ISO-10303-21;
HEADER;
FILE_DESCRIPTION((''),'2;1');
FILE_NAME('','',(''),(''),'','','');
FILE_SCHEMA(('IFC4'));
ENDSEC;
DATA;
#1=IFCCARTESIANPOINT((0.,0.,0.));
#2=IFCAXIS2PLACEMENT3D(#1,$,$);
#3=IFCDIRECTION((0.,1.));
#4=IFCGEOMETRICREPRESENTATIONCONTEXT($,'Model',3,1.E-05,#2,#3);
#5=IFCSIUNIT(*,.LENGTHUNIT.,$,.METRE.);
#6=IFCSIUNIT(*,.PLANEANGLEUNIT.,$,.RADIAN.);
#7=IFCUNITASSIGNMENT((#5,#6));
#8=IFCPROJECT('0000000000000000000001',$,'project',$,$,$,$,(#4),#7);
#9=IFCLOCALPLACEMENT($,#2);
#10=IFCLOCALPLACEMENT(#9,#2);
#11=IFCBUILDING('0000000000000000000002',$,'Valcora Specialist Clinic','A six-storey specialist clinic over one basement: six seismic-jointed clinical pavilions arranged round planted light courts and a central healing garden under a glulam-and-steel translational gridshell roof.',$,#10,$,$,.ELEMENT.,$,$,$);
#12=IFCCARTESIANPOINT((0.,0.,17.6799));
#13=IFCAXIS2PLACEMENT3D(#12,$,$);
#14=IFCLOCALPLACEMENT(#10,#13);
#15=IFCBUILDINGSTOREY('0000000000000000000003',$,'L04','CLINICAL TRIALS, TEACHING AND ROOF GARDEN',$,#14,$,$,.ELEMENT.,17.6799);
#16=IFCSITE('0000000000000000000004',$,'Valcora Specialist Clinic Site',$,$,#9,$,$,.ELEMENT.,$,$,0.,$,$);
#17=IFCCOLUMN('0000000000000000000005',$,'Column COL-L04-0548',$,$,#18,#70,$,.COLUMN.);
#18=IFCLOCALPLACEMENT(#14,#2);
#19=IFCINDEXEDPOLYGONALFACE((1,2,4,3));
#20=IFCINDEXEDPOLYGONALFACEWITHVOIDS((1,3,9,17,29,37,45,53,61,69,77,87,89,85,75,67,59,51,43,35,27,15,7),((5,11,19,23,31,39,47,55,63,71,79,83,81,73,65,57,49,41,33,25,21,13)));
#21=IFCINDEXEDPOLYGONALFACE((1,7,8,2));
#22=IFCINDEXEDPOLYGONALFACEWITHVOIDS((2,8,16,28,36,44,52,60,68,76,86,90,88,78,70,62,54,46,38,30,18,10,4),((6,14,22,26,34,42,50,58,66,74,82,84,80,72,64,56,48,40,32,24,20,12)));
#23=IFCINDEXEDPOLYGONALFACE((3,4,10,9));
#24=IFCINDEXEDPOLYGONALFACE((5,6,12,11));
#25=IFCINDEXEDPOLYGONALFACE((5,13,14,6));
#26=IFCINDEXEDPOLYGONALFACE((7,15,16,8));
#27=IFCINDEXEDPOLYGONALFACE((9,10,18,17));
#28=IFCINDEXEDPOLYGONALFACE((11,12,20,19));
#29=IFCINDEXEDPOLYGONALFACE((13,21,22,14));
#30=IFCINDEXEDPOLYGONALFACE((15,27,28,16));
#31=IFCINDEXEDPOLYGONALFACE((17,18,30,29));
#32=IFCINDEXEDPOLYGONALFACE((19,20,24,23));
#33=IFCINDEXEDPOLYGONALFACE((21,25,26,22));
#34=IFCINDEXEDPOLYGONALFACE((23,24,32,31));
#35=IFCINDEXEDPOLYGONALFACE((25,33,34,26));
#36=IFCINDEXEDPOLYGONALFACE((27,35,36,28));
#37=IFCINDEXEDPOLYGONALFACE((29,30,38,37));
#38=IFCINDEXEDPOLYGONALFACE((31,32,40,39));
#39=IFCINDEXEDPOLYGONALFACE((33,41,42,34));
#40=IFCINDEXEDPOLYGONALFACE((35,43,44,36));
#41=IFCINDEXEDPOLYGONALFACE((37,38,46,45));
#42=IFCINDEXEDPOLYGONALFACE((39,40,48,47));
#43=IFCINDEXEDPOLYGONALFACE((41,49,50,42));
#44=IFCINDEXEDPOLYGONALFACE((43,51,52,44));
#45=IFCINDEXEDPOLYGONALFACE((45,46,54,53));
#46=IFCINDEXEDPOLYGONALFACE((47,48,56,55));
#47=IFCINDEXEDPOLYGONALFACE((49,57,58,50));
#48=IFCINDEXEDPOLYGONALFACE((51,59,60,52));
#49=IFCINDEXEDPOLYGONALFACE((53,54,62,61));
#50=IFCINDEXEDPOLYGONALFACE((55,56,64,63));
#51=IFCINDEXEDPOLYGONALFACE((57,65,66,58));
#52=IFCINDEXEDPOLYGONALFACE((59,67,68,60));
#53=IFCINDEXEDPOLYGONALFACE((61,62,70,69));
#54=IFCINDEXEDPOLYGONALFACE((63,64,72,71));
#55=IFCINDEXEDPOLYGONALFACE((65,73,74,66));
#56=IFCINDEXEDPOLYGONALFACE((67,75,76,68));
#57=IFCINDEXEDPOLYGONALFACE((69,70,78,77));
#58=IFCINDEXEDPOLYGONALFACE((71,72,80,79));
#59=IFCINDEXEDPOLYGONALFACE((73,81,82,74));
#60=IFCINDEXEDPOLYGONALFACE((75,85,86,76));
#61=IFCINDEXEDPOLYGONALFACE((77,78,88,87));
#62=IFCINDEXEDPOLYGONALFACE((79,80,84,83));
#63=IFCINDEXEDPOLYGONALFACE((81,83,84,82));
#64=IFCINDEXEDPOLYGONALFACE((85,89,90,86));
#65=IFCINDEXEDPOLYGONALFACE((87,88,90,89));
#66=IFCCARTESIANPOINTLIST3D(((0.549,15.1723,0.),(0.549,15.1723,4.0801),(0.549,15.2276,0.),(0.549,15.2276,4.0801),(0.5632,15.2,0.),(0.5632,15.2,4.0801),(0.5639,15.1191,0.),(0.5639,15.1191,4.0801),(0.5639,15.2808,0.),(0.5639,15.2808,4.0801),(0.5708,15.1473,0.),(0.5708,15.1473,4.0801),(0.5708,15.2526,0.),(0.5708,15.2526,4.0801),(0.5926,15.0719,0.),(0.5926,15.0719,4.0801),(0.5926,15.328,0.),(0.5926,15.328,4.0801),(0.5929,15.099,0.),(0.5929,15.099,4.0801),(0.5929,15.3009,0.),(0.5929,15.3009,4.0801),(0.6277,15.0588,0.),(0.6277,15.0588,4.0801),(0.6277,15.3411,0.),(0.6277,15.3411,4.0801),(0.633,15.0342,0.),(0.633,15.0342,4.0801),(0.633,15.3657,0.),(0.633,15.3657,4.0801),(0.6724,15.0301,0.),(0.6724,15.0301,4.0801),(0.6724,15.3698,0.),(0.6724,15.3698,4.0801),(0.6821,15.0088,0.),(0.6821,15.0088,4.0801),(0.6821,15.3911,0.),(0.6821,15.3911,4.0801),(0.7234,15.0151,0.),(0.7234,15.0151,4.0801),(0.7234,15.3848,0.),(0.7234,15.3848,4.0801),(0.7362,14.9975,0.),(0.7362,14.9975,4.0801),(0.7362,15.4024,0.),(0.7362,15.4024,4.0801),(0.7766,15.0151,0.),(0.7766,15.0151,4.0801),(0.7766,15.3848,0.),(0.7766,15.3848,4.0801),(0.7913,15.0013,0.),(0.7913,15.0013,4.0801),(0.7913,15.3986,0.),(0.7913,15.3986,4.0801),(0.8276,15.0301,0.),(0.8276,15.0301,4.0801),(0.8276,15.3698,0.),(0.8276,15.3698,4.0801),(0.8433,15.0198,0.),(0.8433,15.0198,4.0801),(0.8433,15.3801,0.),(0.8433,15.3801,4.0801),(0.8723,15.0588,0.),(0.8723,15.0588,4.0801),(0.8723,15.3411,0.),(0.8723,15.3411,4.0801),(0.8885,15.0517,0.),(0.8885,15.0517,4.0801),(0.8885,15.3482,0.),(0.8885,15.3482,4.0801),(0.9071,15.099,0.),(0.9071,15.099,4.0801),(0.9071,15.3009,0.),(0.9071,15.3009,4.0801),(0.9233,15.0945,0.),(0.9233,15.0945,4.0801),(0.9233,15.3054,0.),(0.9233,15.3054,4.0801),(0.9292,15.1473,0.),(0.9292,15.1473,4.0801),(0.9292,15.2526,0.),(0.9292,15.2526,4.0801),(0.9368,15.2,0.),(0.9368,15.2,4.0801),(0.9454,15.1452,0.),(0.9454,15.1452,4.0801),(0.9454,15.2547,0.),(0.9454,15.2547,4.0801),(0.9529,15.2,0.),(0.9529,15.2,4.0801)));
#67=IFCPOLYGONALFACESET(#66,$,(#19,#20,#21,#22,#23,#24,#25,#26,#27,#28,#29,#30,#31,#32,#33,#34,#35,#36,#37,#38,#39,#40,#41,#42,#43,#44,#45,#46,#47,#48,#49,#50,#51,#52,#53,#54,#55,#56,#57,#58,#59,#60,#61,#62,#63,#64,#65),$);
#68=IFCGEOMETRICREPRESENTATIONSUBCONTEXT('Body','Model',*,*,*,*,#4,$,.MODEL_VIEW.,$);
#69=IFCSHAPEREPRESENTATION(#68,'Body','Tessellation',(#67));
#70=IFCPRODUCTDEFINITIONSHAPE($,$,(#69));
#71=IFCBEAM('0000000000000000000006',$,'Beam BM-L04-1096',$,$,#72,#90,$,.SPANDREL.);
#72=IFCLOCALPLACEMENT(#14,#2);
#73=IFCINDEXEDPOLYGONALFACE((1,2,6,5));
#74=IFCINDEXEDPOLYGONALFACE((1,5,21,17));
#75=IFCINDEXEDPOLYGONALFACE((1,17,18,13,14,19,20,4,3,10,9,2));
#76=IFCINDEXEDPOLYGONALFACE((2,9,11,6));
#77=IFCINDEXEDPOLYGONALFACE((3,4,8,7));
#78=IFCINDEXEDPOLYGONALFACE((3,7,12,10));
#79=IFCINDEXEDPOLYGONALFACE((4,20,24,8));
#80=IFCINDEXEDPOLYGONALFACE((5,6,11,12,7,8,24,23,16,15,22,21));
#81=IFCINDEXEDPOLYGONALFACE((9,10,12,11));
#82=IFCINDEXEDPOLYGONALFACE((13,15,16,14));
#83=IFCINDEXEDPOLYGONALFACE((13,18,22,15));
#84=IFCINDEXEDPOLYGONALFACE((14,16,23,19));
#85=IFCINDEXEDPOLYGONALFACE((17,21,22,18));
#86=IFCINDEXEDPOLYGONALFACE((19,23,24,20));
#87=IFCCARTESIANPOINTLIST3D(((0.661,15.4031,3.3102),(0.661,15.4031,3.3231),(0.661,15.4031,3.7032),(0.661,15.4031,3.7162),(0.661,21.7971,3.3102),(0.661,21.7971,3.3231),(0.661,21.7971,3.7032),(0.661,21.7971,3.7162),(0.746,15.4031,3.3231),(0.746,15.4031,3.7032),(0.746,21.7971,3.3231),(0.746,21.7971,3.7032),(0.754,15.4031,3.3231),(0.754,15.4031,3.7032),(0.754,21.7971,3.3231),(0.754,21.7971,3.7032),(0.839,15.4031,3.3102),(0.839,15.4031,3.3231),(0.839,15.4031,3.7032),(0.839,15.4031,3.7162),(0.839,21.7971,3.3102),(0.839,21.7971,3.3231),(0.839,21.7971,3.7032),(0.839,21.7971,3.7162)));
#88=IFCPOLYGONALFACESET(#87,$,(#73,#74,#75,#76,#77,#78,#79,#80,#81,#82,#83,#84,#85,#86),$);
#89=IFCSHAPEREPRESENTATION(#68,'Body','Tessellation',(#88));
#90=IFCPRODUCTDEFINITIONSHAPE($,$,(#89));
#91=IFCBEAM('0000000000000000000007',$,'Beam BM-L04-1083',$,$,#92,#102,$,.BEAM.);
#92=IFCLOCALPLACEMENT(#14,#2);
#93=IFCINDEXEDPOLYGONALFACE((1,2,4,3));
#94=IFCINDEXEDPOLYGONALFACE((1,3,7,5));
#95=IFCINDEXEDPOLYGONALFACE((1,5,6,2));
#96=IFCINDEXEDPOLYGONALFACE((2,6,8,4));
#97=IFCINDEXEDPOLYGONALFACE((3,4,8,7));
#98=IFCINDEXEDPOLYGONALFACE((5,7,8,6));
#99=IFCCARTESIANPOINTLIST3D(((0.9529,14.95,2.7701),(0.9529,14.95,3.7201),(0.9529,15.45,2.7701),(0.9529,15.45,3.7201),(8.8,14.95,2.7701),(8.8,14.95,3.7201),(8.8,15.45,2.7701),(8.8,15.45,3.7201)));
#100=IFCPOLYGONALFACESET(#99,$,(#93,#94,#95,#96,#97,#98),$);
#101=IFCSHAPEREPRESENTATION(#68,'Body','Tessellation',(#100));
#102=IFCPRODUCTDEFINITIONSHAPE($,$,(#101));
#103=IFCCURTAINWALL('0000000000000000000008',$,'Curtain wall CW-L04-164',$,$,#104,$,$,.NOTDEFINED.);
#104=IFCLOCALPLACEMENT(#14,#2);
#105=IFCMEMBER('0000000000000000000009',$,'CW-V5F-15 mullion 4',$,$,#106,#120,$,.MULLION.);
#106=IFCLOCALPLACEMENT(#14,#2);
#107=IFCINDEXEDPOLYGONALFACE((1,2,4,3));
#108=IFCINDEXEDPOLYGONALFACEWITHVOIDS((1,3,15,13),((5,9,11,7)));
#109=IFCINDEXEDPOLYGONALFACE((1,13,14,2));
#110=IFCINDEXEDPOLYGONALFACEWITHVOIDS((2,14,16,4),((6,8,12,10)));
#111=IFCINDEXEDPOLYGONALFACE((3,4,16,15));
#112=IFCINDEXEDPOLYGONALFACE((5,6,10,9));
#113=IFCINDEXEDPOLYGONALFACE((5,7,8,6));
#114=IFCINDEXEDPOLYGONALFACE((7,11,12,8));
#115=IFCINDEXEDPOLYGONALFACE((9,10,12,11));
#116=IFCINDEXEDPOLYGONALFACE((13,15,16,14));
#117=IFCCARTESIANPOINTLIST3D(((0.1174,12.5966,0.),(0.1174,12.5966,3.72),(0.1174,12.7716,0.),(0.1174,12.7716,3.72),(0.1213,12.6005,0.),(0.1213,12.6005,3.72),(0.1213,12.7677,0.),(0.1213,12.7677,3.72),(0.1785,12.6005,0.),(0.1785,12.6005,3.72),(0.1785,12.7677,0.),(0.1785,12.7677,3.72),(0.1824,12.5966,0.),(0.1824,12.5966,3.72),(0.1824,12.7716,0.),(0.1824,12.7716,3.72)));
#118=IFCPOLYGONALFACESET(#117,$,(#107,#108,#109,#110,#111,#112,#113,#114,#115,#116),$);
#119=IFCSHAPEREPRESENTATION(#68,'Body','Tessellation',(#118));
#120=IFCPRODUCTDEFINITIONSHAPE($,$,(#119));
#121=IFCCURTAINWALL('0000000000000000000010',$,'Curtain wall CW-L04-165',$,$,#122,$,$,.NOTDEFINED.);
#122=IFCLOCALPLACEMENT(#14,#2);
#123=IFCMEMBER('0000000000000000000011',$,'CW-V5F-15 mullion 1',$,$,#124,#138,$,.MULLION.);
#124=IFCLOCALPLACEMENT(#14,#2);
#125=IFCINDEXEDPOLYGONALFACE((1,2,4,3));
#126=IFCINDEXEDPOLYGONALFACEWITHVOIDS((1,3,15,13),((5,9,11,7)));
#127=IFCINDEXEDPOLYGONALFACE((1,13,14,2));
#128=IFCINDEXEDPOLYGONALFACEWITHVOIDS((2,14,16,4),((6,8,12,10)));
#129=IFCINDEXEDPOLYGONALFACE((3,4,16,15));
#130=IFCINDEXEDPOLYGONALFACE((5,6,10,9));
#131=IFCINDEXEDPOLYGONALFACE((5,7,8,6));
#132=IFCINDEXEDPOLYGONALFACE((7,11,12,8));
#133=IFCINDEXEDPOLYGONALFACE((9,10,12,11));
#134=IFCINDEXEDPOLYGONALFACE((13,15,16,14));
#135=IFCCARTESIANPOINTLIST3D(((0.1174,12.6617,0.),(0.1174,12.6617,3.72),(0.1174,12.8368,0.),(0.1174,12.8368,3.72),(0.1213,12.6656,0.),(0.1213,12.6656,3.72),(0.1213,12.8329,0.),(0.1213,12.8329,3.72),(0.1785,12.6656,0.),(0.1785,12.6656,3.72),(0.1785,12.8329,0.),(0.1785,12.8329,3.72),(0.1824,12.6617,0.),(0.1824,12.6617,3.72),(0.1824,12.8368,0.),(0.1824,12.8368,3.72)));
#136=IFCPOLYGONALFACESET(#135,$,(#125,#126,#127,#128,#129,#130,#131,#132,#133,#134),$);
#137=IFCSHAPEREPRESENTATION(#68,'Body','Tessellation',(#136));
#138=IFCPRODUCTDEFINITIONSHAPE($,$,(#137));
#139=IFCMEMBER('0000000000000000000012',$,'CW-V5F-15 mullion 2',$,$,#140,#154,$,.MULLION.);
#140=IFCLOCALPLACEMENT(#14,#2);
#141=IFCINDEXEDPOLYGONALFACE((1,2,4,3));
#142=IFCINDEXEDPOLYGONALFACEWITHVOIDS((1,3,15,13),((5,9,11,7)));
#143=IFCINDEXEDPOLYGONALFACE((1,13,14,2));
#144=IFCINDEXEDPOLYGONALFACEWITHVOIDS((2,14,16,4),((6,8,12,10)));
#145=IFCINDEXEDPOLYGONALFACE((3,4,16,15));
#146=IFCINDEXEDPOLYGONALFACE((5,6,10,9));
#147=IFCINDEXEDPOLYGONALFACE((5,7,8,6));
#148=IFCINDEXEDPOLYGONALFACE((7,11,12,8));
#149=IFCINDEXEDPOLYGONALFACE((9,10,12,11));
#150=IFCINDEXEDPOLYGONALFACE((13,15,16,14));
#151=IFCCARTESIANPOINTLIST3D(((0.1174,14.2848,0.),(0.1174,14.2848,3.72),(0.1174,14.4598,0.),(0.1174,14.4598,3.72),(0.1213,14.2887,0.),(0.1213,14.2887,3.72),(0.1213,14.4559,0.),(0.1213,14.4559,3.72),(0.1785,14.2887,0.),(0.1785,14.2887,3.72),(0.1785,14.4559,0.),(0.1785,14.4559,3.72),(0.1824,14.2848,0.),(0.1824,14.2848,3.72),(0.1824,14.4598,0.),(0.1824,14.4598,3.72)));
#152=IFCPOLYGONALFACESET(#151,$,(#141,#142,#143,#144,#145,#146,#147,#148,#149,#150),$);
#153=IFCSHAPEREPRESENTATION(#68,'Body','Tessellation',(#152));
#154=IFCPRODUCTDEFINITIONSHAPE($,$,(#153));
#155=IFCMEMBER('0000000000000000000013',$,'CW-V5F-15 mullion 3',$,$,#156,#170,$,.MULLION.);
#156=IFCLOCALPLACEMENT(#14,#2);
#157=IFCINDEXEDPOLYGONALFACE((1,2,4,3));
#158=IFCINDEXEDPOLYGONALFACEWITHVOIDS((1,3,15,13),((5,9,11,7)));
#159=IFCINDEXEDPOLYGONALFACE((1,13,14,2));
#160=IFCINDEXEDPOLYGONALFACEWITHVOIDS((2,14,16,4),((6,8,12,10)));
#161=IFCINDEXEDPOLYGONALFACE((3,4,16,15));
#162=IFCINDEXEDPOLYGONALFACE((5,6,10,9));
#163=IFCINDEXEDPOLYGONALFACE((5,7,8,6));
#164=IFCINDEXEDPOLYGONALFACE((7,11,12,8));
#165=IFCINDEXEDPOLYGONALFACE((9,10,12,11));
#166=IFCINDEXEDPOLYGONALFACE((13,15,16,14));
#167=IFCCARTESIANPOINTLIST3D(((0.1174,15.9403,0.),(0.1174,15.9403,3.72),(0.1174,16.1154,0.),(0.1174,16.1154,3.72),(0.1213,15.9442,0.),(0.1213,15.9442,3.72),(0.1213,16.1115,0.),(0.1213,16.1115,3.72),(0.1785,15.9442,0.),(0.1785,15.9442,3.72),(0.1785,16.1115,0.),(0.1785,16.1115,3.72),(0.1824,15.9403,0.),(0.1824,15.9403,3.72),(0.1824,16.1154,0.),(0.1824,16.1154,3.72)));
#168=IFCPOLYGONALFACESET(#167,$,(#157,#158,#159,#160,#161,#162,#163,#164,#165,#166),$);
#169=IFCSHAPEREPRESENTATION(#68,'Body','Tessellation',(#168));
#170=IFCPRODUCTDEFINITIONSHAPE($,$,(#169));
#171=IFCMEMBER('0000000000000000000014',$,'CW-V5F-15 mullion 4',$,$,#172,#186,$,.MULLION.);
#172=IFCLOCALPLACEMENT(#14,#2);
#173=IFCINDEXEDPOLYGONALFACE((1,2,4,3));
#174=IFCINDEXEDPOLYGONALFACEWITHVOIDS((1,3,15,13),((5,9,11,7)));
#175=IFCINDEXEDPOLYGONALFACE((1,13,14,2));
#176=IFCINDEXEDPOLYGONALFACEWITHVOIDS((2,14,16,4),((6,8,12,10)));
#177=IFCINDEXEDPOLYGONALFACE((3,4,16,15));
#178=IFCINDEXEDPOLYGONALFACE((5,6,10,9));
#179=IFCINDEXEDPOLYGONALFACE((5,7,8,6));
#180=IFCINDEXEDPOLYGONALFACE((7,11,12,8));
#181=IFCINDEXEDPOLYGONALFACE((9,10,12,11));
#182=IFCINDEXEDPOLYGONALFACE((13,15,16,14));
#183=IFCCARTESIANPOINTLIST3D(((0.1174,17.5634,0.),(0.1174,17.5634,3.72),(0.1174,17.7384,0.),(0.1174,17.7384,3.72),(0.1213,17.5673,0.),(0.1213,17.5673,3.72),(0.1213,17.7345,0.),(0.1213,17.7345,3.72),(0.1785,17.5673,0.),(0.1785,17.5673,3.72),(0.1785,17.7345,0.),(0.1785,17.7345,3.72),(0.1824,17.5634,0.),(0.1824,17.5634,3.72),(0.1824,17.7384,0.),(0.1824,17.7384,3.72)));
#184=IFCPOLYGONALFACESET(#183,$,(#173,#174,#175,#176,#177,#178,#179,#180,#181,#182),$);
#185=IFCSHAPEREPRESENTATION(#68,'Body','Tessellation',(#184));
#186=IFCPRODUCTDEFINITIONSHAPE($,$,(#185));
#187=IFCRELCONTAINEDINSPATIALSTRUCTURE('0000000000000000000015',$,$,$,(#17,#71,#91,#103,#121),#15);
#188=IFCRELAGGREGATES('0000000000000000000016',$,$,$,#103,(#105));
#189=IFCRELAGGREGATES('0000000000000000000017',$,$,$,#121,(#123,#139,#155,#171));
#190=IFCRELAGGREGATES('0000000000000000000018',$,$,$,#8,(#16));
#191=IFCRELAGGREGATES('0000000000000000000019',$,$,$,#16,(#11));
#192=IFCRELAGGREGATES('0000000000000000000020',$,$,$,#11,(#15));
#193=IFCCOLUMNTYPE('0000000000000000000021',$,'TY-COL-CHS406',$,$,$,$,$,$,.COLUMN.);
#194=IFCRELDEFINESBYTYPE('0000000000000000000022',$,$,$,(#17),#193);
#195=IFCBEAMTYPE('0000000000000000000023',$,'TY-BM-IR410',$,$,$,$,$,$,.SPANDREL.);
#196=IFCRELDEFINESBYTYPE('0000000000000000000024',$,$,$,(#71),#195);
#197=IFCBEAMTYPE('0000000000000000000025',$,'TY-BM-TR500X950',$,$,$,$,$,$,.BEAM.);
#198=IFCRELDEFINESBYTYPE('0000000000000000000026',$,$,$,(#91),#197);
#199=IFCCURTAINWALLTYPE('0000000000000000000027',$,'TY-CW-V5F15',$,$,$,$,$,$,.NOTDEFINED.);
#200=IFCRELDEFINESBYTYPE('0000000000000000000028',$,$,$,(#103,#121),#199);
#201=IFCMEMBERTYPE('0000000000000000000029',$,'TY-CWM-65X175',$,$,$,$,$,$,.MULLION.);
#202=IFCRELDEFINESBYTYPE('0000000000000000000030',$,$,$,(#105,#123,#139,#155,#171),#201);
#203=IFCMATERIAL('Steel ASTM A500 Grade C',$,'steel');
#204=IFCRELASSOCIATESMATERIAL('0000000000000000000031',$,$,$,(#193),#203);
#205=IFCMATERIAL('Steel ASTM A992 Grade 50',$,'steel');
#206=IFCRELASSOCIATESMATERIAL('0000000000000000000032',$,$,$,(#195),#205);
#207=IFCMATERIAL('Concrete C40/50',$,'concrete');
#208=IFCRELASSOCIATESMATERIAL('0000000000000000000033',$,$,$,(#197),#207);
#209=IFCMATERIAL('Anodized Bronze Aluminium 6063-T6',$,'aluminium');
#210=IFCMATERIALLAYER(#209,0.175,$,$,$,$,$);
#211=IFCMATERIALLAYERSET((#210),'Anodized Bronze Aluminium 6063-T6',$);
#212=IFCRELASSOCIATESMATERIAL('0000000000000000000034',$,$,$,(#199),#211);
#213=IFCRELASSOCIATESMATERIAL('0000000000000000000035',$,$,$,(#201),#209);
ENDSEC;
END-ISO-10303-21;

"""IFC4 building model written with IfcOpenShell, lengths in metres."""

from ifc_helpers import new_model, si_unit, direction, frame, origin, origin_2d, place, context, subcontext, project, spatial, rectangle, hollow_rectangle, hollow_circle, i_section, extrude, material, layer, layer_set, material_profile, profile_set, type_object, element, aggregate, save


model = new_model("IFC4")

# Units and contexts
model_context = context("Model", 3, precision=1e-05, world=origin(), true_north=direction((0.0, 1.0)))
body_context = subcontext(model_context, "Body", "Model", "MODEL_VIEW")
ifc_project = project(units=[si_unit("LENGTHUNIT", "METRE"), si_unit("PLANEANGLEUNIT", "RADIAN")], contexts=[model_context])

# Site, building, storey
site_placement = place(None, origin())
site = spatial("IfcSite", under=ifc_project, at=site_placement, Name="Valcora Specialist Clinic Site", CompositionType="ELEMENT", RefElevation=0.0)
building_placement = place(site_placement, origin())
building = spatial("IfcBuilding", under=site, at=building_placement, Name="Valcora Specialist Clinic", Description="A six-storey specialist clinic over one basement: six seismic-jointed clinical pavilions arranged round planted light courts and a central healing garden under a glulam-and-steel translational gridshell roof.", CompositionType="ELEMENT")
storey_placement = place(building_placement, frame((0.0, 0.0, 17.6799)))
storey = spatial("IfcBuildingStorey", under=building, at=storey_placement, Name="L04", Description="CLINICAL TRIALS, TEACHING AND ROOF GARDEN", CompositionType="ELEMENT", Elevation=17.6799)

# Column
ifc_material_1 = material(Name="Steel ASTM A500 Grade C", Category="steel")
ifc_material_profile_1 = material_profile(ifc_material_1, hollow_circle(Radius=0.2029, WallThickness=0.0161, at=origin_2d()), Name="ST-CHS-406X16")
ifc_profile_set_1 = profile_set([ifc_material_profile_1], Name="Steel ASTM A500 Grade C")
column_type = type_object("IfcColumnType", Name="TY-COL-CHS406", PredefinedType="COLUMN", material=ifc_profile_set_1)
column_placement = place(storey_placement, frame((0.75, 15.2, 0.0), z_axis=(0.0, 0.0, 1.0), x_axis=(1.0, 0.0, 0.0)))
element("IfcColumn", 1, at=column_placement, inside=storey, type_object=column_type, Name="Column COL-L04-0548", PredefinedType="COLUMN", context=body_context, shape_type="SweptSolid", body=[
    extrude(hollow_circle(Radius=0.2029, WallThickness=0.0161, at=origin_2d()), origin(), (0.0, 0.0, 1.0), 4.0801),
])

# Beams
ifc_material_2 = material(Name="Steel ASTM A992 Grade 50", Category="steel")
ifc_material_profile_2 = material_profile(ifc_material_2, i_section(OverallWidth=0.178, OverallDepth=0.406, WebThickness=0.0081, FlangeThickness=0.0129, at=origin_2d()), Name="ST-IR-410X180")
ifc_profile_set_2 = profile_set([ifc_material_profile_2], Name="Steel ASTM A992 Grade 50")
beam_type_1 = type_object("IfcBeamType", Name="TY-BM-IR410", PredefinedType="SPANDREL", material=ifc_profile_set_2)
beam_1_placement = place(storey_placement, frame((0.75, 15.4031, 3.5132), z_axis=(0.0, 1.0, 0.0), x_axis=(-1.0, 0.0, 0.0)))
element("IfcBeam", 2, at=beam_1_placement, inside=storey, type_object=beam_type_1, Name="Beam BM-L04-1096", PredefinedType="SPANDREL", context=body_context, shape_type="SweptSolid", body=[
    extrude(i_section(OverallWidth=0.178, OverallDepth=0.406, WebThickness=0.0081, FlangeThickness=0.0129, at=origin_2d()), origin(), (0.0, 0.0, 1.0), 6.394),
])
ifc_material_3 = material(Name="Concrete C40/50", Category="concrete")
ifc_material_profile_3 = material_profile(ifc_material_3, rectangle(XDim=0.5, YDim=0.95, at=origin_2d()), Name="RC-BM-500X950")
ifc_profile_set_3 = profile_set([ifc_material_profile_3], Name="Concrete C40/50")
beam_type_2 = type_object("IfcBeamType", Name="TY-BM-TR500X950", PredefinedType="BEAM", material=ifc_profile_set_3)
beam_2_placement = place(storey_placement, frame((0.9529, 15.2, 3.2451), z_axis=(1.0, 0.0, 0.0), x_axis=(0.0, 1.0, 0.0)))
element("IfcBeam", 3, at=beam_2_placement, inside=storey, type_object=beam_type_2, Name="Beam BM-L04-1083", PredefinedType="BEAM", context=body_context, shape_type="SweptSolid", body=[
    extrude(rectangle(XDim=0.5, YDim=0.95, at=origin_2d()), origin(), (0.0, 0.0, 1.0), 7.8472),
])

# Curtain wall, member
ifc_material_4 = material(Name="Anodized Bronze Aluminium 6063-T6", Category="aluminium")
ifc_layer_1 = layer(ifc_material_4, 0.175)
ifc_layer_set_1 = layer_set([ifc_layer_1], Name="Anodized Bronze Aluminium 6063-T6")
curtain_wall_type = type_object("IfcCurtainWallType", Name="TY-CW-V5F15", PredefinedType="NOTDEFINED", material=ifc_layer_set_1)
curtain_wall_1_placement = place(storey_placement, origin())
curtain_wall_1 = element("IfcCurtainWall", 4, at=curtain_wall_1_placement, inside=storey, type_object=curtain_wall_type, Name="Curtain wall CW-L04-164", PredefinedType="NOTDEFINED")
ifc_material_profile_4 = material_profile(ifc_material_4, hollow_rectangle(XDim=0.0649, YDim=0.175, WallThickness=0.0039, at=origin_2d()), Name="AL-MUL-65X175")
ifc_profile_set_4 = profile_set([ifc_material_profile_4], Name="Anodized Bronze Aluminium 6063-T6")
member_type_1 = type_object("IfcMemberType", Name="TY-CWM-65X175", PredefinedType="MULLION", material=ifc_profile_set_4)
member_1_placement = place(storey_placement, frame((0.1499, 12.6841, 0.0), z_axis=(0.0, 0.0, 1.0), x_axis=(-1.0, 0.0, 0.0)))
member_1 = element("IfcMember", 5, at=member_1_placement, type_object=member_type_1, Name="CW-V5F-15 mullion 4", PredefinedType="MULLION", context=body_context, shape_type="SweptSolid", body=[
    extrude(hollow_rectangle(XDim=0.0649, YDim=0.175, WallThickness=0.0039, at=origin_2d()), origin(), (0.0, 0.0, 1.0), 3.72),
])

# Curtain wall, members
curtain_wall_2_placement = place(storey_placement, origin())
curtain_wall_2 = element("IfcCurtainWall", 6, at=curtain_wall_2_placement, inside=storey, type_object=curtain_wall_type, Name="Curtain wall CW-L04-165", PredefinedType="NOTDEFINED")
member_2_placement = place(storey_placement, frame((0.1499, 12.7493, 0.0), z_axis=(0.0, 0.0, 1.0), x_axis=(-1.0, 0.0, 0.0)))
member_2 = element("IfcMember", 7, at=member_2_placement, type_object=member_type_1, Name="CW-V5F-15 mullion 1", PredefinedType="MULLION", context=body_context, shape_type="SweptSolid", body=[
    extrude(hollow_rectangle(XDim=0.0649, YDim=0.175, WallThickness=0.0039, at=origin_2d()), origin(), (0.0, 0.0, 1.0), 3.72),
])
member_3_placement = place(storey_placement, frame((0.1499, 14.3723, 0.0), z_axis=(0.0, 0.0, 1.0), x_axis=(-1.0, 0.0, 0.0)))
member_3 = element("IfcMember", 8, at=member_3_placement, type_object=member_type_1, Name="CW-V5F-15 mullion 2", PredefinedType="MULLION", context=body_context, shape_type="SweptSolid", body=[
    extrude(hollow_rectangle(XDim=0.0649, YDim=0.175, WallThickness=0.0039, at=origin_2d()), origin(), (0.0, 0.0, 1.0), 3.72),
])
member_4_placement = place(storey_placement, frame((0.1499, 16.0278, 0.0), z_axis=(0.0, 0.0, 1.0), x_axis=(-1.0, 0.0, 0.0)))
member_4 = element("IfcMember", 9, at=member_4_placement, type_object=member_type_1, Name="CW-V5F-15 mullion 3", PredefinedType="MULLION", context=body_context, shape_type="SweptSolid", body=[
    extrude(hollow_rectangle(XDim=0.0649, YDim=0.175, WallThickness=0.0039, at=origin_2d()), origin(), (0.0, 0.0, 1.0), 3.72),
])
member_5_placement = place(storey_placement, frame((0.1499, 17.6509, 0.0), z_axis=(0.0, 0.0, 1.0), x_axis=(-1.0, 0.0, 0.0)))
member_5 = element("IfcMember", 10, at=member_5_placement, type_object=member_type_1, Name="CW-V5F-15 mullion 4", PredefinedType="MULLION", context=body_context, shape_type="SweptSolid", body=[
    extrude(hollow_rectangle(XDim=0.0649, YDim=0.175, WallThickness=0.0039, at=origin_2d()), origin(), (0.0, 0.0, 1.0), 3.72),
])

aggregate(curtain_wall_1, [member_1])
aggregate(curtain_wall_2, [member_2, member_3, member_4, member_5])

save(model, "model.ifc")
